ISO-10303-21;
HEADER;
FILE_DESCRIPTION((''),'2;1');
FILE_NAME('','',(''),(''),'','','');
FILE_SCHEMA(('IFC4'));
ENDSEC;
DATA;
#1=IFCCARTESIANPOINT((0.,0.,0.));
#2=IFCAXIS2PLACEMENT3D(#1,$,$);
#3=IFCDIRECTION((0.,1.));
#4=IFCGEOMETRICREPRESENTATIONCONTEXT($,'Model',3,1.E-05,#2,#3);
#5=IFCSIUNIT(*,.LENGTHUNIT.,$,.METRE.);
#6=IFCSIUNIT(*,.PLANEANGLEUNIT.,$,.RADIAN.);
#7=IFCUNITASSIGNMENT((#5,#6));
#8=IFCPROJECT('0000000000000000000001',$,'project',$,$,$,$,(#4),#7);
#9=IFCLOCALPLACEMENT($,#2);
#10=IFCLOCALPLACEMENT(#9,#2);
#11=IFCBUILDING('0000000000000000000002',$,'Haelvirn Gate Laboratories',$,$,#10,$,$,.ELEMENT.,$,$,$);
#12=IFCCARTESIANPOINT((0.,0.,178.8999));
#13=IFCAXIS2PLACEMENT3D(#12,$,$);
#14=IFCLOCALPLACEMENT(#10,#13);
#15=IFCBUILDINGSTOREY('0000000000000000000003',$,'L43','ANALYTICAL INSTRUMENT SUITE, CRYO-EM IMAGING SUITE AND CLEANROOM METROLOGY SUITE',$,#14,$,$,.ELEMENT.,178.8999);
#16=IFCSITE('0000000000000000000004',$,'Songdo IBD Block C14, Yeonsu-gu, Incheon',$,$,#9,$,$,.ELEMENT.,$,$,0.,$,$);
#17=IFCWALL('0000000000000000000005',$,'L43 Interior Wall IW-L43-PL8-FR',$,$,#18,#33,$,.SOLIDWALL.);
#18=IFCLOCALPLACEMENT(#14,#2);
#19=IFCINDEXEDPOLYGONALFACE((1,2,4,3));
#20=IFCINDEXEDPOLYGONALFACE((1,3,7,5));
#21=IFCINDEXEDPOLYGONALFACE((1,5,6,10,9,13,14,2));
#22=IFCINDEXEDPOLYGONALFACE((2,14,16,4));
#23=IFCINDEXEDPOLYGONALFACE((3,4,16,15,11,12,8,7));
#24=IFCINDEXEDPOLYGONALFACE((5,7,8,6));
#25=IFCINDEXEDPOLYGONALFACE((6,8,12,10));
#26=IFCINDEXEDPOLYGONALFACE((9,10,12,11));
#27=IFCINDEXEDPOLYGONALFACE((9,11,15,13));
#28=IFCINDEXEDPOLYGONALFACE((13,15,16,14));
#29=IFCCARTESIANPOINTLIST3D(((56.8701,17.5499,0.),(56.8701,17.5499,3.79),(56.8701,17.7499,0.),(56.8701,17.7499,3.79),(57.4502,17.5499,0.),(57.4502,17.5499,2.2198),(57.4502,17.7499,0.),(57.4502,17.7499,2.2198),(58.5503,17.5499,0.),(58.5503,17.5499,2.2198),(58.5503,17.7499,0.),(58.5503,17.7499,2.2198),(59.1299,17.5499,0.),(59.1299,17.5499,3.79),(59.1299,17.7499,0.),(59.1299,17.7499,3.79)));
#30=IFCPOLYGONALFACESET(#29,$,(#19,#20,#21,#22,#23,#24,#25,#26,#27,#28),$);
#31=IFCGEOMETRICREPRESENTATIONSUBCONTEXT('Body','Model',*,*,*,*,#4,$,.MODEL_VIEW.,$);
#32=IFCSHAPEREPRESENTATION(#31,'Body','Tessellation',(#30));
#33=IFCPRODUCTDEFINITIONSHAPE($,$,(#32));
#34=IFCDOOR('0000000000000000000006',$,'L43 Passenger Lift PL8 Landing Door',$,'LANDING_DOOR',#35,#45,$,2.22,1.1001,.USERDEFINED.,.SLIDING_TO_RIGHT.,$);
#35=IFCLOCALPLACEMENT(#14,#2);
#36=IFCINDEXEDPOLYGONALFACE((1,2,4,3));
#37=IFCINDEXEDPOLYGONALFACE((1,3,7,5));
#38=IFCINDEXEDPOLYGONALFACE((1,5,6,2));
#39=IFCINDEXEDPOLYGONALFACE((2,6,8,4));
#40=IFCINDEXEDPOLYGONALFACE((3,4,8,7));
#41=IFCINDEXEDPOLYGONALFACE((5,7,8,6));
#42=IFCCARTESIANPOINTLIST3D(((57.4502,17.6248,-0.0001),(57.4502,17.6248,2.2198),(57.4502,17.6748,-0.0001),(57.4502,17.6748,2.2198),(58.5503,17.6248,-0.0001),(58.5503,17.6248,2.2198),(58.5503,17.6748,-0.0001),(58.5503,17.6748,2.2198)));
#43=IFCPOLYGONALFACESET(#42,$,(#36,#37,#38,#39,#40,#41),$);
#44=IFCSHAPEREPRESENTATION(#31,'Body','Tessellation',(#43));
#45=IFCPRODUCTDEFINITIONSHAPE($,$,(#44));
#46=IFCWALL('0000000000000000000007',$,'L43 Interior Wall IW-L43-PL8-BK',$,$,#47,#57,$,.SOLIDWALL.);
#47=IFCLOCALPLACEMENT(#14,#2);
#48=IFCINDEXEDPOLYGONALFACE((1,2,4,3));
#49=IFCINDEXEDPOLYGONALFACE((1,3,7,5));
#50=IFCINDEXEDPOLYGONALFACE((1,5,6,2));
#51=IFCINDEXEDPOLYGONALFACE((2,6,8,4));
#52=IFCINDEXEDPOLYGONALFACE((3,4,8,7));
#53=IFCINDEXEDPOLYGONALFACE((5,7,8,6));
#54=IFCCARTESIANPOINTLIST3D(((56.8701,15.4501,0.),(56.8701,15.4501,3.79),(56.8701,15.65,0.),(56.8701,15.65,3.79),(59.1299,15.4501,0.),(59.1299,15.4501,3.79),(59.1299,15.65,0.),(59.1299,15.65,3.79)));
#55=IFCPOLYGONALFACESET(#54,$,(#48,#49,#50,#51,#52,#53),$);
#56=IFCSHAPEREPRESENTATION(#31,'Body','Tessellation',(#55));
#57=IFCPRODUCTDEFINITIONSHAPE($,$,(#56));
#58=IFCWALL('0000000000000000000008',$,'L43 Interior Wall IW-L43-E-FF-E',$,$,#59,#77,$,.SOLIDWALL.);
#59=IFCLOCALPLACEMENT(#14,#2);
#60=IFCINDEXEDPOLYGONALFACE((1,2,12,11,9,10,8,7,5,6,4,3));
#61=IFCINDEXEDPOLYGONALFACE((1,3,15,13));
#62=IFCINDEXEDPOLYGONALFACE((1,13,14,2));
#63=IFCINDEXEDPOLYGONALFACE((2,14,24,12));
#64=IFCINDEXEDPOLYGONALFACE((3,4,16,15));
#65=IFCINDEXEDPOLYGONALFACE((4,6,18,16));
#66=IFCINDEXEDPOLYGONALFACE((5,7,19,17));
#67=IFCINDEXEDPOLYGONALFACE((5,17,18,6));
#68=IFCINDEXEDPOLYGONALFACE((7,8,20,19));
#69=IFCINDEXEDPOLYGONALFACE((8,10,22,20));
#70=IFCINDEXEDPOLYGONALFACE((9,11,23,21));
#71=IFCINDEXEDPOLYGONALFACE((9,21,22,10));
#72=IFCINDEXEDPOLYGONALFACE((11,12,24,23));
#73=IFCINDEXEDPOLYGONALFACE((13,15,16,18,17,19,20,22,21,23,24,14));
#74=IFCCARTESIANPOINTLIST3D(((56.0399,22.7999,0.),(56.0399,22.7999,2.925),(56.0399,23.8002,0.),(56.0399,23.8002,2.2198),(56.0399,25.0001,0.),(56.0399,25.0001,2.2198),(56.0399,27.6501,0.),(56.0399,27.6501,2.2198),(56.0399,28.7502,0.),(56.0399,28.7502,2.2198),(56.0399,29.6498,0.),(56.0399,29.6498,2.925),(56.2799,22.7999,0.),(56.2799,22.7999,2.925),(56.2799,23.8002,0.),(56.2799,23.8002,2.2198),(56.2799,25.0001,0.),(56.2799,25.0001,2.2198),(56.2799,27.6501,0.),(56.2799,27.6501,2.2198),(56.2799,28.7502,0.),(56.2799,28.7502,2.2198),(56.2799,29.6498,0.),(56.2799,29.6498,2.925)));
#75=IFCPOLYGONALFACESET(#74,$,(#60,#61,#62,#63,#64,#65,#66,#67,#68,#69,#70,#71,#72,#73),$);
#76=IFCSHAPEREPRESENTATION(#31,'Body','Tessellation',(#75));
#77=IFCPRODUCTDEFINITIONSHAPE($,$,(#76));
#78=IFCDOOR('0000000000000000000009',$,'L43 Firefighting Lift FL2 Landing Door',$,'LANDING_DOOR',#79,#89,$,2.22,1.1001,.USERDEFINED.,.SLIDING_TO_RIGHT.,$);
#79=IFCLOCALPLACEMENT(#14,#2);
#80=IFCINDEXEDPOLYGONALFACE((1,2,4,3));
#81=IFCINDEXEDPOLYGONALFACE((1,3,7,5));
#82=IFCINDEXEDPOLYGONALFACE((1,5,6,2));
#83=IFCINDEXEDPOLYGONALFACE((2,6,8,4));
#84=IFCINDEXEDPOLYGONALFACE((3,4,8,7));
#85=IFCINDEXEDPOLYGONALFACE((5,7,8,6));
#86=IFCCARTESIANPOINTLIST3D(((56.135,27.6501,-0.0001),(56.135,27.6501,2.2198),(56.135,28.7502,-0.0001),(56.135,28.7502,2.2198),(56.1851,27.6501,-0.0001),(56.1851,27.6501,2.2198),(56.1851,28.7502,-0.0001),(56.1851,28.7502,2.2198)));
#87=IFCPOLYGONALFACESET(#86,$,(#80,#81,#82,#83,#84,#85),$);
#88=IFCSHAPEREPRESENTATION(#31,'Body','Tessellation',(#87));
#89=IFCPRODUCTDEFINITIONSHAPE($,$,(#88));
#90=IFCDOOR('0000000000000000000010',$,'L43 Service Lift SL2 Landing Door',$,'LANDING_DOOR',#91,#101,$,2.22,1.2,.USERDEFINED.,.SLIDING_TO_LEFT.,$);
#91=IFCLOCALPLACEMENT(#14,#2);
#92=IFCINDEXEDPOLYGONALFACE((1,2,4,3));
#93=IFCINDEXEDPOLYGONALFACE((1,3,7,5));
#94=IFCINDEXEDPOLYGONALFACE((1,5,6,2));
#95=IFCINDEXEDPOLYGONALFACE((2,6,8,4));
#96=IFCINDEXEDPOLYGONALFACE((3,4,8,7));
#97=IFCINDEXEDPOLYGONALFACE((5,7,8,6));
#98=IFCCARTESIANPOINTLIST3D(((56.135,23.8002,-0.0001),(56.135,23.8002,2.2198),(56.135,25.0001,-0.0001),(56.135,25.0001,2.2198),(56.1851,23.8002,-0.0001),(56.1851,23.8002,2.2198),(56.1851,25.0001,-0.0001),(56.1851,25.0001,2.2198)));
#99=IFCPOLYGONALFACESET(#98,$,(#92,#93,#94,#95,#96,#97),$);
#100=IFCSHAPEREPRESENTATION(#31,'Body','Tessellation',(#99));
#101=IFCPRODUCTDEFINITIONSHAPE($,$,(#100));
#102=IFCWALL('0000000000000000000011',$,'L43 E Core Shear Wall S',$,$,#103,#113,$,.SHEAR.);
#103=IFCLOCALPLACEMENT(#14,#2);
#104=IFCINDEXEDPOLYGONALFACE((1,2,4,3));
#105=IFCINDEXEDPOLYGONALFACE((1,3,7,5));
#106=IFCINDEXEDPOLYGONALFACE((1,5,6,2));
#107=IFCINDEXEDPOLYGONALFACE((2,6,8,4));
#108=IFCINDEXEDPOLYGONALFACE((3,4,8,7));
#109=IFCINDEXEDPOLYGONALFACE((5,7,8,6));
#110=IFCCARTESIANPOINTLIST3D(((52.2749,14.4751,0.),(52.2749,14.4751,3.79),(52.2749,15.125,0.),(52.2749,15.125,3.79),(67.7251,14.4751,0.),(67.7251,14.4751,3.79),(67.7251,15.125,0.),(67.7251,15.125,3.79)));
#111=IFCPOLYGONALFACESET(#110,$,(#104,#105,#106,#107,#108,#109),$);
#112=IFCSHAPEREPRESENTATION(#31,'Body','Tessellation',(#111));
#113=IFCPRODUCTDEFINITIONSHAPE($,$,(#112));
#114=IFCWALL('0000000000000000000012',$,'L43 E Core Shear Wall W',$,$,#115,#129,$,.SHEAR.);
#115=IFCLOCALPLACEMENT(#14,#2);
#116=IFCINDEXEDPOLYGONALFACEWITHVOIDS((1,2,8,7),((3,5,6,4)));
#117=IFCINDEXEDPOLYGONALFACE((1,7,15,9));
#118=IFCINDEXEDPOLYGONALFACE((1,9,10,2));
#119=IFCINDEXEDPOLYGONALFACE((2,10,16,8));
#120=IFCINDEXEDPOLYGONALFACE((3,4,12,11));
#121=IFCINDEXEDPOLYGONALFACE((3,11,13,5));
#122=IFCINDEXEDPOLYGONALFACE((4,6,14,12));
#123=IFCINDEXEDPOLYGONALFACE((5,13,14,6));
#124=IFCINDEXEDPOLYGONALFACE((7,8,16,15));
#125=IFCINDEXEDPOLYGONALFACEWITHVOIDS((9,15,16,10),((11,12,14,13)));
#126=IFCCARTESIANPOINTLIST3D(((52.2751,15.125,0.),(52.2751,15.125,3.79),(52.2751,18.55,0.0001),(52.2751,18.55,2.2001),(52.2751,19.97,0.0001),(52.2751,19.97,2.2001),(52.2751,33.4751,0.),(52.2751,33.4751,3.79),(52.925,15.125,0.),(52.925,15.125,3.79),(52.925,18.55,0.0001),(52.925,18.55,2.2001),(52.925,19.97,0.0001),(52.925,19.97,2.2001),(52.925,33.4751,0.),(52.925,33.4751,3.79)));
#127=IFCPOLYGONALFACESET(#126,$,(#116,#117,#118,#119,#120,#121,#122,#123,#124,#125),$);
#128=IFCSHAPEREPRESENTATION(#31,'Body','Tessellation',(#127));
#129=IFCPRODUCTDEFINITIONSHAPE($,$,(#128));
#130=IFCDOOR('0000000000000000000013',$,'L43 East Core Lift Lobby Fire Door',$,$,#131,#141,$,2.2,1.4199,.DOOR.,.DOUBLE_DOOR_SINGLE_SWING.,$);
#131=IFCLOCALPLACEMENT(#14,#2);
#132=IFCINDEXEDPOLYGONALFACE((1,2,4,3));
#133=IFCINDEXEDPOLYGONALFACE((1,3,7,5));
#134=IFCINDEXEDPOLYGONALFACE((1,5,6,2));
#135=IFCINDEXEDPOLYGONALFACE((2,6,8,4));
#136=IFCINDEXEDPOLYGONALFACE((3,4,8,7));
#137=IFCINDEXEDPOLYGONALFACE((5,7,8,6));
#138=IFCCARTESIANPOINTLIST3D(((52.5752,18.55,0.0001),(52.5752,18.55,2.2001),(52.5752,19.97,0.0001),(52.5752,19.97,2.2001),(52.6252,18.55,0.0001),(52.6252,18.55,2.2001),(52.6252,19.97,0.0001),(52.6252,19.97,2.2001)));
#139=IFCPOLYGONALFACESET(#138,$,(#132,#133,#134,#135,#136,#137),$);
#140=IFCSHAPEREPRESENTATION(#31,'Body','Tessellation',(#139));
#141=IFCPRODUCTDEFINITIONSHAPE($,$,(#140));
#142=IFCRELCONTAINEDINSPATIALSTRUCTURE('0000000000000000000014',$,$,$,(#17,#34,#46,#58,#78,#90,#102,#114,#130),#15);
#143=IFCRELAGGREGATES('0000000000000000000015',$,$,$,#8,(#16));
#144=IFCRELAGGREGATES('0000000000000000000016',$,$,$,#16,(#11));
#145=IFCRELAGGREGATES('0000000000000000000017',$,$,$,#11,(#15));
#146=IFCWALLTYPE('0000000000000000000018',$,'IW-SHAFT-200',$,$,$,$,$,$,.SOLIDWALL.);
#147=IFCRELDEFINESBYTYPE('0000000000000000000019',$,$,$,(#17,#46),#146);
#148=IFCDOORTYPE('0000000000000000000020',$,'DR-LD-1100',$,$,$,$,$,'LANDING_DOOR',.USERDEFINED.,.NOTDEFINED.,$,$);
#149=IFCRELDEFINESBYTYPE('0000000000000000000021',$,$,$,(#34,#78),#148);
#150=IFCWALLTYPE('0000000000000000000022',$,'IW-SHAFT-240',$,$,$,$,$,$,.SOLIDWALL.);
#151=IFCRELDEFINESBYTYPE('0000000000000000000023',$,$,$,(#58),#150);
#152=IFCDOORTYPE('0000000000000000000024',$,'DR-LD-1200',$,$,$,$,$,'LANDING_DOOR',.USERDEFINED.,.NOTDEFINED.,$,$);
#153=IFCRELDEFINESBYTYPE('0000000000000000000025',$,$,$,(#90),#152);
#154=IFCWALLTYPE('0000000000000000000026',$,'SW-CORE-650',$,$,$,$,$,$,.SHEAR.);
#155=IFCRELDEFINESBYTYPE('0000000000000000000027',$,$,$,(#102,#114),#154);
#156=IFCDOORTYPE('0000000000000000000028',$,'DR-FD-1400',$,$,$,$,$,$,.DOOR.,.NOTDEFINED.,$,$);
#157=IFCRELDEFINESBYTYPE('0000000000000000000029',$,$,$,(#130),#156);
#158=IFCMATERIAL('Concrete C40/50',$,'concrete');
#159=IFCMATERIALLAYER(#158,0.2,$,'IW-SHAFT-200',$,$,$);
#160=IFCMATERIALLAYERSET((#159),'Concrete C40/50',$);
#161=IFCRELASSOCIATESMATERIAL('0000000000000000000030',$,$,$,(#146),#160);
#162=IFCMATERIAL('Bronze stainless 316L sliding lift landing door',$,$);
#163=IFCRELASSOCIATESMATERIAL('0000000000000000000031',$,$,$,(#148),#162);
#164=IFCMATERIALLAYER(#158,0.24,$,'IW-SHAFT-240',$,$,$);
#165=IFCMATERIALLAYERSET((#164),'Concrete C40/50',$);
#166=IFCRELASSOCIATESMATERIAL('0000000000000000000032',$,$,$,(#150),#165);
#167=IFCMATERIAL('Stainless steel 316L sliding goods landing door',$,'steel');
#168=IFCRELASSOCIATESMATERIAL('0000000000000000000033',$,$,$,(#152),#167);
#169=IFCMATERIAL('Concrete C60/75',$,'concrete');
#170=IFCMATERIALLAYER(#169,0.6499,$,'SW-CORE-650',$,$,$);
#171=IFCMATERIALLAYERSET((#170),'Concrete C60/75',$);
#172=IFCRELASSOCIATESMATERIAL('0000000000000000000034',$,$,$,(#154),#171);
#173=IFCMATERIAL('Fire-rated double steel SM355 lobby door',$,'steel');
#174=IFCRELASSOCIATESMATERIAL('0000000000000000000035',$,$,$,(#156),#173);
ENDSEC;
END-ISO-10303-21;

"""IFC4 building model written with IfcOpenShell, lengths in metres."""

from ifc_helpers import new_model, si_unit, direction, frame, frame_2d, origin, place, context, subcontext, project, spatial, rectangle, extrude, source, transform, mapped, material, layer, layer_set, type_object, type_shapes, element, fill, save


model = new_model("IFC4")

# Units and contexts
model_context = context("Model", 3, precision=1e-05, world=origin(), true_north=direction((0.0, 1.0)))
body_context = subcontext(model_context, "Body", "Model", "MODEL_VIEW")
ifc_project = project(units=[si_unit("LENGTHUNIT", "METRE"), si_unit("PLANEANGLEUNIT", "RADIAN")], contexts=[model_context])

# Site, building, storey
site_placement = place(None, origin())
site = spatial("IfcSite", under=ifc_project, at=site_placement, Name="Songdo IBD Block C14, Yeonsu-gu, Incheon", CompositionType="ELEMENT", RefElevation=0.0)
building_placement = place(site_placement, origin())
building = spatial("IfcBuilding", under=site, at=building_placement, Name="Haelvirn Gate Laboratories", CompositionType="ELEMENT")
storey_placement = place(building_placement, frame((0.0, 0.0, 178.8999)))
storey = spatial("IfcBuildingStorey", under=building, at=storey_placement, Name="L43", Description="ANALYTICAL INSTRUMENT SUITE, CRYO-EM IMAGING SUITE AND CLEANROOM METROLOGY SUITE", CompositionType="ELEMENT", Elevation=178.8999)

# Shared definitions
ifc_material_1 = material(Name="Concrete C60/75", Category="concrete")

# Shared definitions
ifc_material_2 = material(Name="Concrete C40/50", Category="concrete")

# Wall, opening, door
ifc_layer_1 = layer(ifc_material_2, 0.2, Name="IW-SHAFT-200")
ifc_layer_set_1 = layer_set([ifc_layer_1], Name="Concrete C40/50")
wall_type_1 = type_object("IfcWallType", Name="IW-SHAFT-200", PredefinedType="SOLIDWALL", material=ifc_layer_set_1)
wall_1_placement = place(storey_placement, frame((56.8701, 17.6499, 0.0), z_axis=(0.0, 0.0, 1.0), x_axis=(1.0, 0.0, 0.0)))
wall_1 = element("IfcWall", 1, at=wall_1_placement, inside=storey, type_object=wall_type_1, Name="L43 Interior Wall IW-L43-PL8-FR", PredefinedType="SOLIDWALL", context=body_context, shape_type="SweptSolid", body=[
    extrude(rectangle(XDim=2.2598, YDim=0.2, at=frame_2d((1.1299, 0.0))), origin(), (0.0, 0.0, 1.0), 3.79),
])
opening_1_placement = place(wall_1_placement, frame((0.5801, 0.0, 0.0)))
opening_1 = element("IfcOpeningElement", 2, at=opening_1_placement, cuts=wall_1, PredefinedType="OPENING", context=body_context, shape_type="SweptSolid", body=[
    extrude(rectangle(XDim=1.1001, YDim=2.22, at=frame_2d((0.55, 1.1099))), frame((0.0, 0.1099, 0.0), z_axis=(0.0, -1.0, 0.0), x_axis=(1.0, 0.0, 0.0)), (0.0, 0.0, 1.0), 0.22),
])
ifc_material_3 = material(Name="Bronze stainless 316L sliding lift landing door")
door_type_1 = type_object("IfcDoorType", Name="DR-LD-1100", ElementType="LANDING_DOOR", OperationType="NOTDEFINED", PredefinedType="USERDEFINED", material=ifc_material_3)
shared_shape_1 = source(origin(), body_context, "Body", "SweptSolid", [
    extrude(rectangle(XDim=1.1001, YDim=2.22, at=frame_2d((0.55, 1.1099))), frame((0.0, 0.0249, 0.0), z_axis=(0.0, -1.0, 0.0), x_axis=(1.0, 0.0, 0.0)), (0.0, 0.0, 1.0), 0.05),
])
type_shapes(door_type_1, [shared_shape_1])
door_1_placement = place(opening_1_placement, origin())
door_1 = element("IfcDoor", 3, at=door_1_placement, inside=storey, type_object=door_type_1, Name="L43 Passenger Lift PL8 Landing Door", ObjectType="LANDING_DOOR", OperationType="SLIDING_TO_RIGHT", OverallHeight=2.22, OverallWidth=1.1001, PredefinedType="USERDEFINED", context=body_context, shape_type="MappedRepresentation", body=[
    mapped(shared_shape_1, transform((0.0, 0.0, 0.0), scale=1.0)),
])
fill(opening_1, door_1)

# Wall
wall_2_placement = place(storey_placement, frame((56.8701, 15.55, 0.0), z_axis=(0.0, 0.0, 1.0), x_axis=(1.0, 0.0, 0.0)))
element("IfcWall", 4, at=wall_2_placement, inside=storey, type_object=wall_type_1, Name="L43 Interior Wall IW-L43-PL8-BK", PredefinedType="SOLIDWALL", context=body_context, shape_type="SweptSolid", body=[
    extrude(rectangle(XDim=2.2598, YDim=0.2, at=frame_2d((1.1299, 0.0))), origin(), (0.0, 0.0, 1.0), 3.79),
])

# Wall, openings, doors
ifc_layer_2 = layer(ifc_material_2, 0.24, Name="IW-SHAFT-240")
ifc_layer_set_2 = layer_set([ifc_layer_2], Name="Concrete C40/50")
wall_type_2 = type_object("IfcWallType", Name="IW-SHAFT-240", PredefinedType="SOLIDWALL", material=ifc_layer_set_2)
wall_3_placement = place(storey_placement, frame((56.1599, 22.8, 0.0), z_axis=(0.0, 0.0, 1.0), x_axis=(0.0, 1.0, 0.0)))
wall_3 = element("IfcWall", 5, at=wall_3_placement, inside=storey, type_object=wall_type_2, Name="L43 Interior Wall IW-L43-E-FF-E", PredefinedType="SOLIDWALL", context=body_context, shape_type="SweptSolid", body=[
    extrude(rectangle(XDim=6.8499, YDim=0.24, at=frame_2d((3.4248, 0.0))), origin(), (0.0, 0.0, 1.0), 2.925),
])
opening_2_placement = place(wall_3_placement, frame((4.8501, 0.0, 0.0)))
opening_2 = element("IfcOpeningElement", 6, at=opening_2_placement, cuts=wall_3, PredefinedType="OPENING", context=body_context, shape_type="SweptSolid", body=[
    extrude(rectangle(XDim=1.1001, YDim=2.22, at=frame_2d((0.55, 1.1099))), frame((0.0, 0.1299, 0.0), z_axis=(0.0, -1.0, 0.0), x_axis=(1.0, 0.0, 0.0)), (0.0, 0.0, 1.0), 0.26),
])
opening_3_placement = place(wall_3_placement, frame((1.0, 0.0, 0.0)))
opening_3 = element("IfcOpeningElement", 7, at=opening_3_placement, cuts=wall_3, PredefinedType="OPENING", context=body_context, shape_type="SweptSolid", body=[
    extrude(rectangle(XDim=1.2, YDim=2.22, at=frame_2d((0.6001, 1.1099))), frame((0.0, 0.1299, 0.0), z_axis=(0.0, -1.0, 0.0), x_axis=(1.0, 0.0, 0.0)), (0.0, 0.0, 1.0), 0.26),
])
door_2_placement = place(opening_2_placement, origin())
door_2 = element("IfcDoor", 8, at=door_2_placement, inside=storey, type_object=door_type_1, Name="L43 Firefighting Lift FL2 Landing Door", ObjectType="LANDING_DOOR", OperationType="SLIDING_TO_RIGHT", OverallHeight=2.22, OverallWidth=1.1001, PredefinedType="USERDEFINED", context=body_context, shape_type="MappedRepresentation", body=[
    mapped(shared_shape_1, transform((0.0, 0.0, 0.0), scale=1.0)),
])
fill(opening_2, door_2)
ifc_material_4 = material(Name="Stainless steel 316L sliding goods landing door", Category="steel")
door_type_2 = type_object("IfcDoorType", Name="DR-LD-1200", ElementType="LANDING_DOOR", OperationType="NOTDEFINED", PredefinedType="USERDEFINED", material=ifc_material_4)
shared_shape_2 = source(origin(), body_context, "Body", "SweptSolid", [
    extrude(rectangle(XDim=1.2, YDim=2.22, at=frame_2d((0.6001, 1.1099))), frame((0.0, 0.0249, 0.0), z_axis=(0.0, -1.0, 0.0), x_axis=(1.0, 0.0, 0.0)), (0.0, 0.0, 1.0), 0.05),
])
type_shapes(door_type_2, [shared_shape_2])
door_3_placement = place(opening_3_placement, origin())
door_3 = element("IfcDoor", 9, at=door_3_placement, inside=storey, type_object=door_type_2, Name="L43 Service Lift SL2 Landing Door", ObjectType="LANDING_DOOR", OperationType="SLIDING_TO_LEFT", OverallHeight=2.22, OverallWidth=1.2, PredefinedType="USERDEFINED", context=body_context, shape_type="MappedRepresentation", body=[
    mapped(shared_shape_2, transform((0.0, 0.0, 0.0), scale=1.0)),
])
fill(opening_3, door_3)

# Wall
ifc_layer_3 = layer(ifc_material_1, 0.6499, Name="SW-CORE-650")
ifc_layer_set_3 = layer_set([ifc_layer_3], Name="Concrete C60/75")
wall_type_3 = type_object("IfcWallType", Name="SW-CORE-650", PredefinedType="SHEAR", material=ifc_layer_set_3)
wall_4_placement = place(storey_placement, frame((52.2749, 14.8, 0.0), z_axis=(0.0, 0.0, 1.0), x_axis=(1.0, 0.0, 0.0)))
element("IfcWall", 10, at=wall_4_placement, inside=storey, type_object=wall_type_3, Name="L43 E Core Shear Wall S", PredefinedType="SHEAR", context=body_context, shape_type="SweptSolid", body=[
    extrude(rectangle(XDim=15.4502, YDim=0.6499, at=frame_2d((7.7251, 0.0))), origin(), (0.0, 0.0, 1.0), 3.79),
])

# Wall, opening, door
wall_5_placement = place(storey_placement, frame((52.6001, 15.125, 0.0), z_axis=(0.0, 0.0, 1.0), x_axis=(0.0, 1.0, 0.0)))
wall_5 = element("IfcWall", 11, at=wall_5_placement, inside=storey, type_object=wall_type_3, Name="L43 E Core Shear Wall W", PredefinedType="SHEAR", context=body_context, shape_type="SweptSolid", body=[
    extrude(rectangle(XDim=18.3501, YDim=0.6499, at=frame_2d((9.175, 0.0))), origin(), (0.0, 0.0, 1.0), 3.79),
])
opening_4_placement = place(wall_5_placement, frame((3.425, 0.0, 0.0)))
opening_4 = element("IfcOpeningElement", 12, at=opening_4_placement, cuts=wall_5, PredefinedType="OPENING", context=body_context, shape_type="SweptSolid", body=[
    extrude(rectangle(XDim=1.4199, YDim=2.2, at=frame_2d((0.71, 1.1001))), frame((0.0, 0.335, 0.0), z_axis=(0.0, -1.0, 0.0), x_axis=(1.0, 0.0, 0.0)), (0.0, 0.0, 1.0), 0.6699),
])
ifc_material_5 = material(Name="Fire-rated double steel SM355 lobby door", Category="steel")
door_type_3 = type_object("IfcDoorType", Name="DR-FD-1400", OperationType="NOTDEFINED", PredefinedType="DOOR", material=ifc_material_5)
shared_shape_3 = source(origin(), body_context, "Body", "SweptSolid", [
    extrude(rectangle(XDim=1.4199, YDim=2.2, at=frame_2d((0.71, 1.1001))), frame((0.0, 0.0249, 0.0), z_axis=(0.0, -1.0, 0.0), x_axis=(1.0, 0.0, 0.0)), (0.0, 0.0, 1.0), 0.05),
])
type_shapes(door_type_3, [shared_shape_3])
door_4_placement = place(opening_4_placement, origin())
door_4 = element("IfcDoor", 13, at=door_4_placement, inside=storey, type_object=door_type_3, Name="L43 East Core Lift Lobby Fire Door", OperationType="DOUBLE_DOOR_SINGLE_SWING", OverallHeight=2.2, OverallWidth=1.4199, PredefinedType="DOOR", context=body_context, shape_type="MappedRepresentation", body=[
    mapped(shared_shape_3, transform((0.0, 0.0, 0.0), scale=1.0)),
])
fill(opening_4, door_4)

save(model, "model.ifc")
